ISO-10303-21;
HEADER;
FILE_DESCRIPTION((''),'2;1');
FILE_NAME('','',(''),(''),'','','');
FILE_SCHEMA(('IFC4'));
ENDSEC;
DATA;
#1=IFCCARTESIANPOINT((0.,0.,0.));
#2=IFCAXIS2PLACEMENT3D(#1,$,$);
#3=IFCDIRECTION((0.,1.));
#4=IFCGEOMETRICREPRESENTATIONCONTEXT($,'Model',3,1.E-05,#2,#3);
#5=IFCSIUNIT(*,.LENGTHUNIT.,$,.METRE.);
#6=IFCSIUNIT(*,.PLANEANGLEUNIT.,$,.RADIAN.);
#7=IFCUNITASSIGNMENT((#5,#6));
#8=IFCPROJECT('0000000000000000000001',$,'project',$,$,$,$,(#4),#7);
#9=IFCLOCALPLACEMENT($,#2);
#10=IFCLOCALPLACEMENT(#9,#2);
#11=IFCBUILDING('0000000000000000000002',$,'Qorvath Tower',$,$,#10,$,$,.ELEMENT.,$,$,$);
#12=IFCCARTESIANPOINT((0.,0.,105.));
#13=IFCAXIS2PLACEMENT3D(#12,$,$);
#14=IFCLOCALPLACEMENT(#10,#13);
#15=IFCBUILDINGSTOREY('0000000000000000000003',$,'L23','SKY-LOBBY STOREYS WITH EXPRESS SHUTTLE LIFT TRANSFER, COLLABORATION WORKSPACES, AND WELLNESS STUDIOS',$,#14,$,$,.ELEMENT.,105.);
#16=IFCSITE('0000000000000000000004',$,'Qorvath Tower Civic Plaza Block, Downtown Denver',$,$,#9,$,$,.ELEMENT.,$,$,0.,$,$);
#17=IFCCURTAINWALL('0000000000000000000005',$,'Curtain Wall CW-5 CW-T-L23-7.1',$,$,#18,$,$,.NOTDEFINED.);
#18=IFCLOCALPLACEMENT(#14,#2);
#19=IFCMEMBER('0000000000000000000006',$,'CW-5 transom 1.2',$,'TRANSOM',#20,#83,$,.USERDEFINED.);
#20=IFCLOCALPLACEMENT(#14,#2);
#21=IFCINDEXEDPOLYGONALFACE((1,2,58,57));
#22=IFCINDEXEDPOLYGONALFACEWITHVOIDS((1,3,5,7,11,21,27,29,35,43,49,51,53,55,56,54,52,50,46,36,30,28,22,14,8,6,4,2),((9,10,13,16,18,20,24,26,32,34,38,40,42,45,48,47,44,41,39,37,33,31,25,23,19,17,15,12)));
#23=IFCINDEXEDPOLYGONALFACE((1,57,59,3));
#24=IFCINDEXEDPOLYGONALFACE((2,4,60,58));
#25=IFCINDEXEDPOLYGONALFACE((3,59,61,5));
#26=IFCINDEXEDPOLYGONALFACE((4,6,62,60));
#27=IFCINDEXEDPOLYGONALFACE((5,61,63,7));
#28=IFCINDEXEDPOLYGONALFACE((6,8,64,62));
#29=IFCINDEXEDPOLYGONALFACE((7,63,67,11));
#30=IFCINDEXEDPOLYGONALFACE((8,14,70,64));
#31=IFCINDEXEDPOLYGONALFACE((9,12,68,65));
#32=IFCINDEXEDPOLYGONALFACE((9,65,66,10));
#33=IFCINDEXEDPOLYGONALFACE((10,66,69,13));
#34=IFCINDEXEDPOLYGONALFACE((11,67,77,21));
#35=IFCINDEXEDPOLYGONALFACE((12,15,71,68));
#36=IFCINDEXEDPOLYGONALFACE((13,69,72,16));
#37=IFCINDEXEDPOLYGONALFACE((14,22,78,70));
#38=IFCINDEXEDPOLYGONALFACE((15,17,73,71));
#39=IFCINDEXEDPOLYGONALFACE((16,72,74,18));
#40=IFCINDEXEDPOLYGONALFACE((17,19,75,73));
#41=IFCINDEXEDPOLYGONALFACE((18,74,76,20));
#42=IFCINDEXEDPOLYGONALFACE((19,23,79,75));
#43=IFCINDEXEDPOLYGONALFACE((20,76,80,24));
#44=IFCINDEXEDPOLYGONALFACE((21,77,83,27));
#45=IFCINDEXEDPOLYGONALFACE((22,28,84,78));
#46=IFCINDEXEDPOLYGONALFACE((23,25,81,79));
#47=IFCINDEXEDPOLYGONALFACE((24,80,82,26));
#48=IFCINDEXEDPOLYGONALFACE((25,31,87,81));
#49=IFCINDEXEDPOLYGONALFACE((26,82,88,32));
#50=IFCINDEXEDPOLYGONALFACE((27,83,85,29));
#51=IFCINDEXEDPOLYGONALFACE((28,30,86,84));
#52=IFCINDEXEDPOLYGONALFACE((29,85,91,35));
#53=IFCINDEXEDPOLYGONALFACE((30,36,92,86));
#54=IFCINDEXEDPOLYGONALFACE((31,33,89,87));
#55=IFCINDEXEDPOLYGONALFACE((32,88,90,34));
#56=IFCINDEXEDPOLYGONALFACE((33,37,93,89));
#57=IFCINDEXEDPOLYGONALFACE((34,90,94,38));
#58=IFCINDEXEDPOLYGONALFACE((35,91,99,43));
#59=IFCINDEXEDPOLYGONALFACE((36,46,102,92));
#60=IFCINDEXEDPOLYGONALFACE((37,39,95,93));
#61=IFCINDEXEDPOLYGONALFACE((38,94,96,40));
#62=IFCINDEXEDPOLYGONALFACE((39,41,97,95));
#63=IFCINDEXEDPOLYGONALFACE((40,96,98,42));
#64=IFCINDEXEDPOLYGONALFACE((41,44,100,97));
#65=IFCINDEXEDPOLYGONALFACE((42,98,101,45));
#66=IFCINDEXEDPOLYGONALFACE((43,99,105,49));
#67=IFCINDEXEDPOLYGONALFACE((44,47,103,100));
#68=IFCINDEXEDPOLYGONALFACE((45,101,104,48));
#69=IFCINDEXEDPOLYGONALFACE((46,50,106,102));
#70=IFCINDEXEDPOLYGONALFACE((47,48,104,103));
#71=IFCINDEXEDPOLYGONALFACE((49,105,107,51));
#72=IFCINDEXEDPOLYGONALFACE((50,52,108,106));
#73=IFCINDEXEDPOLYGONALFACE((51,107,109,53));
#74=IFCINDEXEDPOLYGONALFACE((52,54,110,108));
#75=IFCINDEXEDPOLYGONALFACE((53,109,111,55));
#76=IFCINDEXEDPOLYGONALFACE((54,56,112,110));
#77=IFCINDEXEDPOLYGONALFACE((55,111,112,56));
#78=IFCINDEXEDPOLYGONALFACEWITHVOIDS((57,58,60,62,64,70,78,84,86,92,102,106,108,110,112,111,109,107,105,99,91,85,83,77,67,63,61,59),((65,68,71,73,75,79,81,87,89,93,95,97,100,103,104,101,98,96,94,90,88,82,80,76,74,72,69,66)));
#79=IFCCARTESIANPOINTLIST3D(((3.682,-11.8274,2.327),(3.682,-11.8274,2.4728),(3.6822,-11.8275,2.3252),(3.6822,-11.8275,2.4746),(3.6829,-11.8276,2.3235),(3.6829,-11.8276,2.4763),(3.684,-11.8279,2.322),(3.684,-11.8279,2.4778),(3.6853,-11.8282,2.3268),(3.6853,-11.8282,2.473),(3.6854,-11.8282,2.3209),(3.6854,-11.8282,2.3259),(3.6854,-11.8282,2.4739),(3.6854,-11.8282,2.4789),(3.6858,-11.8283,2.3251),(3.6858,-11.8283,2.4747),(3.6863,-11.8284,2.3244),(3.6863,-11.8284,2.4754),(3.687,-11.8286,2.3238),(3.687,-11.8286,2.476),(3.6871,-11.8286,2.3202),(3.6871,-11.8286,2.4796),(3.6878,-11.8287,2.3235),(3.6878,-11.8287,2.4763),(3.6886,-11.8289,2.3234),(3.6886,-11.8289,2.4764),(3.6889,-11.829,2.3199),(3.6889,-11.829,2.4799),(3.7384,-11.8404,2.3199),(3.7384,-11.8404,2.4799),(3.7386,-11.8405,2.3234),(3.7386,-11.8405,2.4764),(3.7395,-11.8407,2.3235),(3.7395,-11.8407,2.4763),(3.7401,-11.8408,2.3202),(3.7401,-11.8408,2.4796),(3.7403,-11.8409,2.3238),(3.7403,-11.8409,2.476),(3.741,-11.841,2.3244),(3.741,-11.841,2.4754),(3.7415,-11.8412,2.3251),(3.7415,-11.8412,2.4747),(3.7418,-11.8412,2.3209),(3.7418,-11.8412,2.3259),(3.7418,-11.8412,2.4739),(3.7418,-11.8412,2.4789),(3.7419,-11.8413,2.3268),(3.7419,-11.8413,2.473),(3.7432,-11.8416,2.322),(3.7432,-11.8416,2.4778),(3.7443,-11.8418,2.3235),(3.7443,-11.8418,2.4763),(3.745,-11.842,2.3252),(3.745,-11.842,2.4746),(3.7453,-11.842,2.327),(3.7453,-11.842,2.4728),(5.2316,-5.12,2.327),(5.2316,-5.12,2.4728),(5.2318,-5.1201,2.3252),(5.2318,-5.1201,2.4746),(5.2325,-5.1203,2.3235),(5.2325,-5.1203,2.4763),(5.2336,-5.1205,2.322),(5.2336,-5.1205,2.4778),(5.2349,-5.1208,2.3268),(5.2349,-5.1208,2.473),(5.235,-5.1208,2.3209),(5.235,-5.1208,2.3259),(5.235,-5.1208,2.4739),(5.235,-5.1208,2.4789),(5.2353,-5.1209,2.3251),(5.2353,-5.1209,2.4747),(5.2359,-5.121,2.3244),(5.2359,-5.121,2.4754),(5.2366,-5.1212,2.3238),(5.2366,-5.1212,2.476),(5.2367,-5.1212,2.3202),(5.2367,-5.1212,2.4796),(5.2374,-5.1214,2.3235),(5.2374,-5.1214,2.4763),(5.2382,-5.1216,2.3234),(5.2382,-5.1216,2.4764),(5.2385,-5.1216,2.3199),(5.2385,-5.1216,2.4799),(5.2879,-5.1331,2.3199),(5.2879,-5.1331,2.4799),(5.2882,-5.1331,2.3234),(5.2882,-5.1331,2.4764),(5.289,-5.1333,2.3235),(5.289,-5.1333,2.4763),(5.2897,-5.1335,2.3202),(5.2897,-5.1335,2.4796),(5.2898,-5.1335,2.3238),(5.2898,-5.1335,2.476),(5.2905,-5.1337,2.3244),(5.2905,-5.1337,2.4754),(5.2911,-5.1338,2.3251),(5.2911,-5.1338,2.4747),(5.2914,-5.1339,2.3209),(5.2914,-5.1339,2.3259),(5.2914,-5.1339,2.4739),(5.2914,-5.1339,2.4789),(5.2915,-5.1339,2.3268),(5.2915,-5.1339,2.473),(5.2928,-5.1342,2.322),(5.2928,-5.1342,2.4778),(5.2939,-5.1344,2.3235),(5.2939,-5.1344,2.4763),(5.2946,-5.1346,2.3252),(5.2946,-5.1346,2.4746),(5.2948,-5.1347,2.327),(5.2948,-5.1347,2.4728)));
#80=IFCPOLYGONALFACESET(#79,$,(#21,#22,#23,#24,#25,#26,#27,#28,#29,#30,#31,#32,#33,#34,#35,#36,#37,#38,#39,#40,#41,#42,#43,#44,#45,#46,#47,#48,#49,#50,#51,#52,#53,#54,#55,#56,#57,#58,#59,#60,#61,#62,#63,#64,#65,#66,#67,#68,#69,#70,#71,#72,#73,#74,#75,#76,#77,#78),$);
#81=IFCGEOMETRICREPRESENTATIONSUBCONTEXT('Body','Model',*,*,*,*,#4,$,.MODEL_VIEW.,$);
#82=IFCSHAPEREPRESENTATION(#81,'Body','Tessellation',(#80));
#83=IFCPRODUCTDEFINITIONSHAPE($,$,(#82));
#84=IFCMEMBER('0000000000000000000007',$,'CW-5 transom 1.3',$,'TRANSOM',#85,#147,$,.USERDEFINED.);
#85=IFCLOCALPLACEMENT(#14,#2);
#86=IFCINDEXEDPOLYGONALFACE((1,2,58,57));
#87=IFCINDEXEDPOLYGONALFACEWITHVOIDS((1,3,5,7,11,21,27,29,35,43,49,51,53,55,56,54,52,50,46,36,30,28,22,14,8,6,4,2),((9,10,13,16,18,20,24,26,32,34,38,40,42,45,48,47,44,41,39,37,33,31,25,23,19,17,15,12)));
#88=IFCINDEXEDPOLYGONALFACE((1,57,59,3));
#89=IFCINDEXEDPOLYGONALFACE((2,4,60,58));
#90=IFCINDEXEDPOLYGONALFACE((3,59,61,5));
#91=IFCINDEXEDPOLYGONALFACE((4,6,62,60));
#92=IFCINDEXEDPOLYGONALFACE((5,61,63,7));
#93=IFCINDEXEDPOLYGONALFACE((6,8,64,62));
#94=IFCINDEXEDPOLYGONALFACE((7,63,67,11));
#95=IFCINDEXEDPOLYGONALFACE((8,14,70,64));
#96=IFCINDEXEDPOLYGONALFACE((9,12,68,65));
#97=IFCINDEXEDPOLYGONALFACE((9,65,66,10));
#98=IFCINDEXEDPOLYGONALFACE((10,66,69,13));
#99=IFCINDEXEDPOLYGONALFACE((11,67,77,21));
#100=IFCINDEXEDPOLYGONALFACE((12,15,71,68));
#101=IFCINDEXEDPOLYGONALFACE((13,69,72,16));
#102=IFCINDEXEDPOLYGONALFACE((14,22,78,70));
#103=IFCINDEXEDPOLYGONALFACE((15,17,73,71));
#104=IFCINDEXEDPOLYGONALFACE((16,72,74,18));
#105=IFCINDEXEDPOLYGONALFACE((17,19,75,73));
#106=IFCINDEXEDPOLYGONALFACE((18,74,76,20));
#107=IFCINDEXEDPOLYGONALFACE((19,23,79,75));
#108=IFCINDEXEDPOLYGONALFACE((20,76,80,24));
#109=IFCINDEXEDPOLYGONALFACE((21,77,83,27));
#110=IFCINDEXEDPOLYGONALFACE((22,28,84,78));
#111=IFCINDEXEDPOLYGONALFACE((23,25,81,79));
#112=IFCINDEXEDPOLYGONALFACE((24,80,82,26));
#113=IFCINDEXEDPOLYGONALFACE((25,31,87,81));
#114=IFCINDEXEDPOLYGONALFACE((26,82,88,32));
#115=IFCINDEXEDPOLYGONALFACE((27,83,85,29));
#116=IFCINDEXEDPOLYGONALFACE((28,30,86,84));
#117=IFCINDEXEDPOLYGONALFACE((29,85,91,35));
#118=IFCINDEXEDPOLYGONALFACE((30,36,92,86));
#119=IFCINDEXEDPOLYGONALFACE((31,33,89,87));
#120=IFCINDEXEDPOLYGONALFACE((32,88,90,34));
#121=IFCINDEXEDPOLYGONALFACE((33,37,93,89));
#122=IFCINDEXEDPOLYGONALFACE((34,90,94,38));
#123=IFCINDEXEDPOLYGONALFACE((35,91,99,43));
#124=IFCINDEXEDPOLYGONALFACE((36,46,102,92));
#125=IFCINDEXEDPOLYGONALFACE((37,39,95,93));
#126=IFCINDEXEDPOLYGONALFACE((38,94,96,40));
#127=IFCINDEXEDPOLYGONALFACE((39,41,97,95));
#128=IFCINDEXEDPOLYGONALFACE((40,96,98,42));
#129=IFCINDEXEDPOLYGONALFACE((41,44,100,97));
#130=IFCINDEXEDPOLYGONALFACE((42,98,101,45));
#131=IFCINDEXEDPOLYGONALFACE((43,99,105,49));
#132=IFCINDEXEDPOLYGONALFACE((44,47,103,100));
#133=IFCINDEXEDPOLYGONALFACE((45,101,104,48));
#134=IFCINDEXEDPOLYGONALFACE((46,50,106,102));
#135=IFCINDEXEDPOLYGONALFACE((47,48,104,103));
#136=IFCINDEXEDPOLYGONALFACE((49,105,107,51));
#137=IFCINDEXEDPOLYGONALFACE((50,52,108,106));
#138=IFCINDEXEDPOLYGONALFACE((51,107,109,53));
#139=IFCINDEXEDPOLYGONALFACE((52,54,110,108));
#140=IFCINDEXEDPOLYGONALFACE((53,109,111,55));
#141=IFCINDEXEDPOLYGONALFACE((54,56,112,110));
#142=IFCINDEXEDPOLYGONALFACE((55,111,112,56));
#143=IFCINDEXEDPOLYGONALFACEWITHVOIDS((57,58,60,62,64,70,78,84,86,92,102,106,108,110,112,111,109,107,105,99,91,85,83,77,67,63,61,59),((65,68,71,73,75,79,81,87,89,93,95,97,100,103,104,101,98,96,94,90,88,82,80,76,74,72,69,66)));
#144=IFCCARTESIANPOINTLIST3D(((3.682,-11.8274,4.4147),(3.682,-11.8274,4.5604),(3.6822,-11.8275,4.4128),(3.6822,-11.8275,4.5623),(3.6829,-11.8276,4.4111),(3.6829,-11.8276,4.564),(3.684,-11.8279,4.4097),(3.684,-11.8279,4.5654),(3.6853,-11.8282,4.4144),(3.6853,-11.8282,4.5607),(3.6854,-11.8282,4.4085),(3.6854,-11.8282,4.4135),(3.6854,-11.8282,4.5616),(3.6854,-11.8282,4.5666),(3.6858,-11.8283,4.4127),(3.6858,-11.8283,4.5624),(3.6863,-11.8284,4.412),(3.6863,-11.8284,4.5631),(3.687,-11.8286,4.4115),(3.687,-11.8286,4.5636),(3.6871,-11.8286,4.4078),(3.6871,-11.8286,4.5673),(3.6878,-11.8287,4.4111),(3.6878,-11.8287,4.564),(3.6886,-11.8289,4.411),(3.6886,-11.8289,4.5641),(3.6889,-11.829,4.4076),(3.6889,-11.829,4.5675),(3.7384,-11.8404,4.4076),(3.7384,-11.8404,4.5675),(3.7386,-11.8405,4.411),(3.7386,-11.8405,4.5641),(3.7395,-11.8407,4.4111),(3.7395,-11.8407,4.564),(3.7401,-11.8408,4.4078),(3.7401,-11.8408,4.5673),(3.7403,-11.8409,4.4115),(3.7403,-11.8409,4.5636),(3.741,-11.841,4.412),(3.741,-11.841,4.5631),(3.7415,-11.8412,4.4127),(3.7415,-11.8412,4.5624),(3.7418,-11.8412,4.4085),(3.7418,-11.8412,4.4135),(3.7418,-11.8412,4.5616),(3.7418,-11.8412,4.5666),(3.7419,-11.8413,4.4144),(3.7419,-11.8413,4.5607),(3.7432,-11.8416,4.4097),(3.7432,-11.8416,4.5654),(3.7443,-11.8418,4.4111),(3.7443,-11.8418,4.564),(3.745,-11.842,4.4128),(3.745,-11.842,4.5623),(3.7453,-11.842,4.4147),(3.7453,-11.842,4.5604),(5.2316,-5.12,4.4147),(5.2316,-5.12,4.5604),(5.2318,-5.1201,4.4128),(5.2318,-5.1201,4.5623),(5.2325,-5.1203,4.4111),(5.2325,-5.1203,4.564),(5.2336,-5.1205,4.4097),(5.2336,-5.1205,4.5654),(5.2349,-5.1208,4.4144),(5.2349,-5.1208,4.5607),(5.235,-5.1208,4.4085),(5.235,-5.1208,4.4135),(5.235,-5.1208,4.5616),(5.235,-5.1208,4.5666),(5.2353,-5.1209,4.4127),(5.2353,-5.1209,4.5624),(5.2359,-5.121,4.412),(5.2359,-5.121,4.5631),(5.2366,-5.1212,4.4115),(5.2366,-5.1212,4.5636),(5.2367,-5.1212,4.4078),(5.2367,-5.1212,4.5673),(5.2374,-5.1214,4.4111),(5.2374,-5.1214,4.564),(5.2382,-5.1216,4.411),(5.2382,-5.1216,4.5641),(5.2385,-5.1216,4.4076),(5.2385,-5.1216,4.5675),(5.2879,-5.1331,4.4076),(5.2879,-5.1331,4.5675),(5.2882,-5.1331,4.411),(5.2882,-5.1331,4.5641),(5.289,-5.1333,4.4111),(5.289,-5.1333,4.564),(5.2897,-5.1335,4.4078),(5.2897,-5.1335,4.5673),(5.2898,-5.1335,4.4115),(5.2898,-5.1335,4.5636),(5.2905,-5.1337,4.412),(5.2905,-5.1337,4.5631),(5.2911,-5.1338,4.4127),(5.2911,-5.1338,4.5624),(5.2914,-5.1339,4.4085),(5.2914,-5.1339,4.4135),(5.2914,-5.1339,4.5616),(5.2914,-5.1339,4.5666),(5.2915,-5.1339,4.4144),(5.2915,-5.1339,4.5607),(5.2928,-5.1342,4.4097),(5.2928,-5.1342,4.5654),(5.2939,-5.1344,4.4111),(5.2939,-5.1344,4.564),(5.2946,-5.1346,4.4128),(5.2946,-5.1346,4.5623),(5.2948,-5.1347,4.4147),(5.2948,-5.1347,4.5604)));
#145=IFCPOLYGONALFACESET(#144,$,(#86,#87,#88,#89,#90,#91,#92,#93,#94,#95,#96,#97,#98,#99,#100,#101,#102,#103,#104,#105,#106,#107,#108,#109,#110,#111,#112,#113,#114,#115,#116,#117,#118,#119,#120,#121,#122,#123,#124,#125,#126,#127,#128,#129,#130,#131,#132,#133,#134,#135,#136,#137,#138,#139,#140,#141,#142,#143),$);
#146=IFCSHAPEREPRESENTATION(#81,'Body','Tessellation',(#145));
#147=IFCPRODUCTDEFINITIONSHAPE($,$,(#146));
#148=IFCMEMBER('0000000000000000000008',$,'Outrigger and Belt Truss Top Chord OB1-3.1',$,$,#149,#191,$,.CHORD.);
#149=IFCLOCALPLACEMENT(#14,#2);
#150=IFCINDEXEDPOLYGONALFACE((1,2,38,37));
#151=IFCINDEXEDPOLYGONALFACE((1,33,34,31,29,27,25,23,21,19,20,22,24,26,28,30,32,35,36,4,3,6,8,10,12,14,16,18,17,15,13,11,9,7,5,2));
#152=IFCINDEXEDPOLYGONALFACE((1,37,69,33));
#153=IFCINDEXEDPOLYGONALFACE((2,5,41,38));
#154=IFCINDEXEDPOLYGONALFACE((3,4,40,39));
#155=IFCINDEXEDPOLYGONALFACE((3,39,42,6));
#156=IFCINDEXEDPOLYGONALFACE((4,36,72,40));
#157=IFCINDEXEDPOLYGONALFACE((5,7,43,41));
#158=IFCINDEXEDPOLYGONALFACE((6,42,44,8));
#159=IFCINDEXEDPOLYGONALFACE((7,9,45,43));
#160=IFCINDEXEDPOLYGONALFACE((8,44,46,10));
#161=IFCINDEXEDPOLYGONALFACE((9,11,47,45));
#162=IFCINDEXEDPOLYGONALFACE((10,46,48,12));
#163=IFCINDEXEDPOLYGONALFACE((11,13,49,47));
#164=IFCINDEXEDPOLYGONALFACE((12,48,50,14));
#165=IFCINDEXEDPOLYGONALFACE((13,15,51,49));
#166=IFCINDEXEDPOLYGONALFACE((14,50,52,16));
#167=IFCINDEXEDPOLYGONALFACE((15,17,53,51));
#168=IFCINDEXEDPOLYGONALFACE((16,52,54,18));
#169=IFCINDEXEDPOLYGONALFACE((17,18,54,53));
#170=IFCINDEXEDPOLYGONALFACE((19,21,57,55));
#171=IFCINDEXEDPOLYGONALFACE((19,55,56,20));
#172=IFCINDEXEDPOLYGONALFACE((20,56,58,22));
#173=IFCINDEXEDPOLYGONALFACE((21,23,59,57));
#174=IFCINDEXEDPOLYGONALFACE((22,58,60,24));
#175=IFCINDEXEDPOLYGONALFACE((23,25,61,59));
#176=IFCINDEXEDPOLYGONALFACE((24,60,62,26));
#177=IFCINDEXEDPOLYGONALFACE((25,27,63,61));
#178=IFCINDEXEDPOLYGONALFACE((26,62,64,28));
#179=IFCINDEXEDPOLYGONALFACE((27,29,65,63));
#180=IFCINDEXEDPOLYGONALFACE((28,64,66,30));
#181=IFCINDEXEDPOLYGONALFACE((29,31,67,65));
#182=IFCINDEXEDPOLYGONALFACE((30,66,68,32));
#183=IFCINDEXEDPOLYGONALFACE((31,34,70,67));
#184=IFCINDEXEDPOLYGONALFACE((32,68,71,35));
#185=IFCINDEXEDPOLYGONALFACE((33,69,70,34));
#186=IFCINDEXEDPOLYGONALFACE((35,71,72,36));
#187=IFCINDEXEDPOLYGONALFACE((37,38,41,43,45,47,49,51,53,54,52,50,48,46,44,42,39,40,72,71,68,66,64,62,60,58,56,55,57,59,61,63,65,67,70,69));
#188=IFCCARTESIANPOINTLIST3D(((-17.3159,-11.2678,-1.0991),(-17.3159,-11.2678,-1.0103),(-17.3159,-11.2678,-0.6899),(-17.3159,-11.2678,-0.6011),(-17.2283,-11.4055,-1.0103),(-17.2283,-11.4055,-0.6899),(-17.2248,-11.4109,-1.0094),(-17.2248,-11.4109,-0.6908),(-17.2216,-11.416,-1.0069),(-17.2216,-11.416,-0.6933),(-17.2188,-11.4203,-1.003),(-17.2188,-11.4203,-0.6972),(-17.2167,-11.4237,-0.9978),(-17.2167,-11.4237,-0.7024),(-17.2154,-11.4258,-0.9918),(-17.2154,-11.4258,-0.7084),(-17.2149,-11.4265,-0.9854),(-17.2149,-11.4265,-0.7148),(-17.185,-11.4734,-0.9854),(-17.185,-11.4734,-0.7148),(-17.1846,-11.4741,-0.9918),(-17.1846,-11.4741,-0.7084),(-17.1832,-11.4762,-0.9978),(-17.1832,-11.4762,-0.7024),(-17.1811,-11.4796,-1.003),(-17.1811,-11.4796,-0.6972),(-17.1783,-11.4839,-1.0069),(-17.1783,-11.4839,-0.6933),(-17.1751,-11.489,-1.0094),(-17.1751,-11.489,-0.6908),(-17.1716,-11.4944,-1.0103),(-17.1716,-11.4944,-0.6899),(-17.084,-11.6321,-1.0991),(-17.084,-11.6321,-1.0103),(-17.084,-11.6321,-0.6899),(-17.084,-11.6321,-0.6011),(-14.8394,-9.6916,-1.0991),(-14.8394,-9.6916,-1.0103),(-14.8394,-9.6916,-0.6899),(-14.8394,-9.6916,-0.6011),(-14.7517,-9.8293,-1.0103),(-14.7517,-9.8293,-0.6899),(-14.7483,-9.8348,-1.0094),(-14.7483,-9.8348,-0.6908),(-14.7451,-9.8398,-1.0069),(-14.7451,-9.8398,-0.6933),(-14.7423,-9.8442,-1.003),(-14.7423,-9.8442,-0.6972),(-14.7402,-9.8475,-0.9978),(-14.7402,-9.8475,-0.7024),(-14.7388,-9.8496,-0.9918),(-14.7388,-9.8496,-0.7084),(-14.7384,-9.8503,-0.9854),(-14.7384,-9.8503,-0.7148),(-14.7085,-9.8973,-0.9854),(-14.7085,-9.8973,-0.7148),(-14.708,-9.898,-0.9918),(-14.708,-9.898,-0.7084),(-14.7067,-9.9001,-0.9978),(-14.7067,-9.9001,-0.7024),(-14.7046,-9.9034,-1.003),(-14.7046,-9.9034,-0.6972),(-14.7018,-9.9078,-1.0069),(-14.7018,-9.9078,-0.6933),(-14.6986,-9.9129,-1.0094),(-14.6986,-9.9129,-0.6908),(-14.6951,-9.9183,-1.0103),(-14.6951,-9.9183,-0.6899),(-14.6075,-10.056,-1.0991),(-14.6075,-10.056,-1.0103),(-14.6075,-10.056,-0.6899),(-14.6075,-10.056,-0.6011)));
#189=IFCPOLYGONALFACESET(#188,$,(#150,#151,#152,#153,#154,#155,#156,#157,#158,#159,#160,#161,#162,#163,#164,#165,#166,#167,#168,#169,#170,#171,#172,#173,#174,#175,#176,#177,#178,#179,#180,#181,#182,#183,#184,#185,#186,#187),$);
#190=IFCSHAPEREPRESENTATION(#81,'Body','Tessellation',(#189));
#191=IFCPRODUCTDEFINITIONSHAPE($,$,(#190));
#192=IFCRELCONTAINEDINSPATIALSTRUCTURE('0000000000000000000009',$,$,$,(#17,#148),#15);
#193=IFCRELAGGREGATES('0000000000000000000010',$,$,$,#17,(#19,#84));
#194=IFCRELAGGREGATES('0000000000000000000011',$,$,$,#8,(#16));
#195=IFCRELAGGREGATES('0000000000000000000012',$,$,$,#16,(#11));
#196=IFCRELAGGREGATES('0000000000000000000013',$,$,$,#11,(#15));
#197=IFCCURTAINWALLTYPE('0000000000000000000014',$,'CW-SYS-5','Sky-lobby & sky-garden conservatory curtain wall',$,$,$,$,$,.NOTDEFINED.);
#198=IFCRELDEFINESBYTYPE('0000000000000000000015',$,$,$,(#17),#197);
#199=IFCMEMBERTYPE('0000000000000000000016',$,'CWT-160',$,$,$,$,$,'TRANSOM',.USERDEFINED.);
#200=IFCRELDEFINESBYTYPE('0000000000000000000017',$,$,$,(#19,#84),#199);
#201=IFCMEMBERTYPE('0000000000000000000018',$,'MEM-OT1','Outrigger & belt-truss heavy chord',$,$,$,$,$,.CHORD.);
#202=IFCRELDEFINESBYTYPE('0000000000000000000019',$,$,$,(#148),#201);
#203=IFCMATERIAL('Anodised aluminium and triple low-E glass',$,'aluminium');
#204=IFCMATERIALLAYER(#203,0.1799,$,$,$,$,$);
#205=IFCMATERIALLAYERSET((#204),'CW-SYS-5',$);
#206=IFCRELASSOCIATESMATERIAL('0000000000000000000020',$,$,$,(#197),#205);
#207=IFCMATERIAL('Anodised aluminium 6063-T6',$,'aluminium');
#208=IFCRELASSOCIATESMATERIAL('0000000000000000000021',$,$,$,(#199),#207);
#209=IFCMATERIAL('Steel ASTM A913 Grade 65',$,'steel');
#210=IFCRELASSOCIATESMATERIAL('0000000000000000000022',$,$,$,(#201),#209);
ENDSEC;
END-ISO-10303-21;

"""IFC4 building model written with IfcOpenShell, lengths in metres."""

from ifc_helpers import new_model, si_unit, direction, frame, origin, origin_2d, place, context, subcontext, project, spatial, hollow_rectangle, i_section, extrude, material, layer, layer_set, material_profile, profile_set, type_object, element, aggregate, save


model = new_model("IFC4")

# Units and contexts
model_context = context("Model", 3, precision=1e-05, world=origin(), true_north=direction((0.0, 1.0)))
body_context = subcontext(model_context, "Body", "Model", "MODEL_VIEW")
ifc_project = project(units=[si_unit("LENGTHUNIT", "METRE"), si_unit("PLANEANGLEUNIT", "RADIAN")], contexts=[model_context])

# Site, building, storey
site_placement = place(None, origin())
site = spatial("IfcSite", under=ifc_project, at=site_placement, Name="Qorvath Tower Civic Plaza Block, Downtown Denver", CompositionType="ELEMENT", RefElevation=0.0)
building_placement = place(site_placement, origin())
building = spatial("IfcBuilding", under=site, at=building_placement, Name="Qorvath Tower", CompositionType="ELEMENT")
storey_placement = place(building_placement, frame((0.0, 0.0, 105.0)))
storey = spatial("IfcBuildingStorey", under=building, at=storey_placement, Name="L23", Description="SKY-LOBBY STOREYS WITH EXPRESS SHUTTLE LIFT TRANSFER, COLLABORATION WORKSPACES, AND WELLNESS STUDIOS", CompositionType="ELEMENT", Elevation=105.0)

# Shared definitions
ifc_material_1 = material(Name="Anodised aluminium and triple low-E glass", Category="aluminium")
ifc_layer_1 = layer(ifc_material_1, 0.1799)
ifc_layer_set_1 = layer_set([ifc_layer_1], Name="CW-SYS-5")
curtain_wall_type = type_object("IfcCurtainWallType", Name="CW-SYS-5", Description="Sky-lobby & sky-garden conservatory curtain wall", PredefinedType="NOTDEFINED", material=ifc_layer_set_1)

# Curtain wall
curtain_wall_1_placement = place(storey_placement, origin())
curtain_wall_1 = element("IfcCurtainWall", 1, at=curtain_wall_1_placement, inside=storey, type_object=curtain_wall_type, Name="Curtain Wall CW-5 CW-T-L23-7.1", PredefinedType="NOTDEFINED")

# Members
ifc_material_2 = material(Name="Anodised aluminium 6063-T6", Category="aluminium")
ifc_material_profile_1 = material_profile(ifc_material_2, hollow_rectangle(XDim=0.0649, YDim=0.1599, WallThickness=0.0034, InnerFilletRadius=0.0034, OuterFilletRadius=0.0071, at=origin_2d()), Name="CWT 160x65")
ifc_profile_set_1 = profile_set([ifc_material_profile_1], Name="Anodised aluminium 6063-T6")
member_type_1 = type_object("IfcMemberType", Name="CWT-160", ElementType="TRANSOM", PredefinedType="USERDEFINED", material=ifc_profile_set_1)
member_1_placement = place(storey_placement, frame((3.7136, -11.8347, 2.3999), z_axis=(0.225098, 0.974336, 0.0), x_axis=(-0.974336, 0.225098, 0.0)))
member_1 = element("IfcMember", 2, at=member_1_placement, type_object=member_type_1, Name="CW-5 transom 1.2", ObjectType="TRANSOM", PredefinedType="USERDEFINED", context=body_context, shape_type="SweptSolid", body=[
    extrude(hollow_rectangle(XDim=0.0649, YDim=0.1599, WallThickness=0.0034, InnerFilletRadius=0.0034, OuterFilletRadius=0.0071, at=origin_2d()), origin(), (0.0, 0.0, 1.0), 6.884),
])
member_2_placement = place(storey_placement, frame((3.7136, -11.8347, 4.4875), z_axis=(0.225098, 0.974336, 0.0), x_axis=(-0.974336, 0.225098, 0.0)))
member_2 = element("IfcMember", 3, at=member_2_placement, type_object=member_type_1, Name="CW-5 transom 1.3", ObjectType="TRANSOM", PredefinedType="USERDEFINED", context=body_context, shape_type="SweptSolid", body=[
    extrude(hollow_rectangle(XDim=0.0649, YDim=0.1599, WallThickness=0.0034, InnerFilletRadius=0.0034, OuterFilletRadius=0.0071, at=origin_2d()), origin(), (0.0, 0.0, 1.0), 6.884),
])

# Member
ifc_material_3 = material(Name="Steel ASTM A913 Grade 65", Category="steel")
ifc_material_profile_2 = material_profile(ifc_material_3, i_section(OverallWidth=0.4319, OverallDepth=0.498, WebThickness=0.0557, FlangeThickness=0.0889, FilletRadius=0.0249, at=origin_2d()), Name="W14x500")
ifc_profile_set_2 = profile_set([ifc_material_profile_2], Name="Steel ASTM A913 Grade 65")
member_type_2 = type_object("IfcMemberType", Name="MEM-OT1", Description="Outrigger & belt-truss heavy chord", PredefinedType="CHORD", material=ifc_profile_set_2)
for number, where, z_axis, x_axis, name in (
    (4, (-17.2, -11.45, -0.8501), (0.843634, 0.536919, 0.0), (-0.536919, 0.843634, 0.0), "Outrigger and Belt Truss Top Chord OB1-3.1"),
):
    element("IfcMember", number, at=place(storey_placement, frame(where, z_axis=z_axis, x_axis=x_axis)), inside=storey, type_object=member_type_2, Name=name, PredefinedType="CHORD", context=body_context, shape_type="SweptSolid", body=[
        extrude(i_section(OverallWidth=0.4319, OverallDepth=0.498, WebThickness=0.0557, FlangeThickness=0.0889, FilletRadius=0.0249, at=origin_2d()), origin(), (0.0, 0.0, 1.0), 2.9355),
    ])

aggregate(curtain_wall_1, [member_1, member_2])

save(model, "model.ifc")
